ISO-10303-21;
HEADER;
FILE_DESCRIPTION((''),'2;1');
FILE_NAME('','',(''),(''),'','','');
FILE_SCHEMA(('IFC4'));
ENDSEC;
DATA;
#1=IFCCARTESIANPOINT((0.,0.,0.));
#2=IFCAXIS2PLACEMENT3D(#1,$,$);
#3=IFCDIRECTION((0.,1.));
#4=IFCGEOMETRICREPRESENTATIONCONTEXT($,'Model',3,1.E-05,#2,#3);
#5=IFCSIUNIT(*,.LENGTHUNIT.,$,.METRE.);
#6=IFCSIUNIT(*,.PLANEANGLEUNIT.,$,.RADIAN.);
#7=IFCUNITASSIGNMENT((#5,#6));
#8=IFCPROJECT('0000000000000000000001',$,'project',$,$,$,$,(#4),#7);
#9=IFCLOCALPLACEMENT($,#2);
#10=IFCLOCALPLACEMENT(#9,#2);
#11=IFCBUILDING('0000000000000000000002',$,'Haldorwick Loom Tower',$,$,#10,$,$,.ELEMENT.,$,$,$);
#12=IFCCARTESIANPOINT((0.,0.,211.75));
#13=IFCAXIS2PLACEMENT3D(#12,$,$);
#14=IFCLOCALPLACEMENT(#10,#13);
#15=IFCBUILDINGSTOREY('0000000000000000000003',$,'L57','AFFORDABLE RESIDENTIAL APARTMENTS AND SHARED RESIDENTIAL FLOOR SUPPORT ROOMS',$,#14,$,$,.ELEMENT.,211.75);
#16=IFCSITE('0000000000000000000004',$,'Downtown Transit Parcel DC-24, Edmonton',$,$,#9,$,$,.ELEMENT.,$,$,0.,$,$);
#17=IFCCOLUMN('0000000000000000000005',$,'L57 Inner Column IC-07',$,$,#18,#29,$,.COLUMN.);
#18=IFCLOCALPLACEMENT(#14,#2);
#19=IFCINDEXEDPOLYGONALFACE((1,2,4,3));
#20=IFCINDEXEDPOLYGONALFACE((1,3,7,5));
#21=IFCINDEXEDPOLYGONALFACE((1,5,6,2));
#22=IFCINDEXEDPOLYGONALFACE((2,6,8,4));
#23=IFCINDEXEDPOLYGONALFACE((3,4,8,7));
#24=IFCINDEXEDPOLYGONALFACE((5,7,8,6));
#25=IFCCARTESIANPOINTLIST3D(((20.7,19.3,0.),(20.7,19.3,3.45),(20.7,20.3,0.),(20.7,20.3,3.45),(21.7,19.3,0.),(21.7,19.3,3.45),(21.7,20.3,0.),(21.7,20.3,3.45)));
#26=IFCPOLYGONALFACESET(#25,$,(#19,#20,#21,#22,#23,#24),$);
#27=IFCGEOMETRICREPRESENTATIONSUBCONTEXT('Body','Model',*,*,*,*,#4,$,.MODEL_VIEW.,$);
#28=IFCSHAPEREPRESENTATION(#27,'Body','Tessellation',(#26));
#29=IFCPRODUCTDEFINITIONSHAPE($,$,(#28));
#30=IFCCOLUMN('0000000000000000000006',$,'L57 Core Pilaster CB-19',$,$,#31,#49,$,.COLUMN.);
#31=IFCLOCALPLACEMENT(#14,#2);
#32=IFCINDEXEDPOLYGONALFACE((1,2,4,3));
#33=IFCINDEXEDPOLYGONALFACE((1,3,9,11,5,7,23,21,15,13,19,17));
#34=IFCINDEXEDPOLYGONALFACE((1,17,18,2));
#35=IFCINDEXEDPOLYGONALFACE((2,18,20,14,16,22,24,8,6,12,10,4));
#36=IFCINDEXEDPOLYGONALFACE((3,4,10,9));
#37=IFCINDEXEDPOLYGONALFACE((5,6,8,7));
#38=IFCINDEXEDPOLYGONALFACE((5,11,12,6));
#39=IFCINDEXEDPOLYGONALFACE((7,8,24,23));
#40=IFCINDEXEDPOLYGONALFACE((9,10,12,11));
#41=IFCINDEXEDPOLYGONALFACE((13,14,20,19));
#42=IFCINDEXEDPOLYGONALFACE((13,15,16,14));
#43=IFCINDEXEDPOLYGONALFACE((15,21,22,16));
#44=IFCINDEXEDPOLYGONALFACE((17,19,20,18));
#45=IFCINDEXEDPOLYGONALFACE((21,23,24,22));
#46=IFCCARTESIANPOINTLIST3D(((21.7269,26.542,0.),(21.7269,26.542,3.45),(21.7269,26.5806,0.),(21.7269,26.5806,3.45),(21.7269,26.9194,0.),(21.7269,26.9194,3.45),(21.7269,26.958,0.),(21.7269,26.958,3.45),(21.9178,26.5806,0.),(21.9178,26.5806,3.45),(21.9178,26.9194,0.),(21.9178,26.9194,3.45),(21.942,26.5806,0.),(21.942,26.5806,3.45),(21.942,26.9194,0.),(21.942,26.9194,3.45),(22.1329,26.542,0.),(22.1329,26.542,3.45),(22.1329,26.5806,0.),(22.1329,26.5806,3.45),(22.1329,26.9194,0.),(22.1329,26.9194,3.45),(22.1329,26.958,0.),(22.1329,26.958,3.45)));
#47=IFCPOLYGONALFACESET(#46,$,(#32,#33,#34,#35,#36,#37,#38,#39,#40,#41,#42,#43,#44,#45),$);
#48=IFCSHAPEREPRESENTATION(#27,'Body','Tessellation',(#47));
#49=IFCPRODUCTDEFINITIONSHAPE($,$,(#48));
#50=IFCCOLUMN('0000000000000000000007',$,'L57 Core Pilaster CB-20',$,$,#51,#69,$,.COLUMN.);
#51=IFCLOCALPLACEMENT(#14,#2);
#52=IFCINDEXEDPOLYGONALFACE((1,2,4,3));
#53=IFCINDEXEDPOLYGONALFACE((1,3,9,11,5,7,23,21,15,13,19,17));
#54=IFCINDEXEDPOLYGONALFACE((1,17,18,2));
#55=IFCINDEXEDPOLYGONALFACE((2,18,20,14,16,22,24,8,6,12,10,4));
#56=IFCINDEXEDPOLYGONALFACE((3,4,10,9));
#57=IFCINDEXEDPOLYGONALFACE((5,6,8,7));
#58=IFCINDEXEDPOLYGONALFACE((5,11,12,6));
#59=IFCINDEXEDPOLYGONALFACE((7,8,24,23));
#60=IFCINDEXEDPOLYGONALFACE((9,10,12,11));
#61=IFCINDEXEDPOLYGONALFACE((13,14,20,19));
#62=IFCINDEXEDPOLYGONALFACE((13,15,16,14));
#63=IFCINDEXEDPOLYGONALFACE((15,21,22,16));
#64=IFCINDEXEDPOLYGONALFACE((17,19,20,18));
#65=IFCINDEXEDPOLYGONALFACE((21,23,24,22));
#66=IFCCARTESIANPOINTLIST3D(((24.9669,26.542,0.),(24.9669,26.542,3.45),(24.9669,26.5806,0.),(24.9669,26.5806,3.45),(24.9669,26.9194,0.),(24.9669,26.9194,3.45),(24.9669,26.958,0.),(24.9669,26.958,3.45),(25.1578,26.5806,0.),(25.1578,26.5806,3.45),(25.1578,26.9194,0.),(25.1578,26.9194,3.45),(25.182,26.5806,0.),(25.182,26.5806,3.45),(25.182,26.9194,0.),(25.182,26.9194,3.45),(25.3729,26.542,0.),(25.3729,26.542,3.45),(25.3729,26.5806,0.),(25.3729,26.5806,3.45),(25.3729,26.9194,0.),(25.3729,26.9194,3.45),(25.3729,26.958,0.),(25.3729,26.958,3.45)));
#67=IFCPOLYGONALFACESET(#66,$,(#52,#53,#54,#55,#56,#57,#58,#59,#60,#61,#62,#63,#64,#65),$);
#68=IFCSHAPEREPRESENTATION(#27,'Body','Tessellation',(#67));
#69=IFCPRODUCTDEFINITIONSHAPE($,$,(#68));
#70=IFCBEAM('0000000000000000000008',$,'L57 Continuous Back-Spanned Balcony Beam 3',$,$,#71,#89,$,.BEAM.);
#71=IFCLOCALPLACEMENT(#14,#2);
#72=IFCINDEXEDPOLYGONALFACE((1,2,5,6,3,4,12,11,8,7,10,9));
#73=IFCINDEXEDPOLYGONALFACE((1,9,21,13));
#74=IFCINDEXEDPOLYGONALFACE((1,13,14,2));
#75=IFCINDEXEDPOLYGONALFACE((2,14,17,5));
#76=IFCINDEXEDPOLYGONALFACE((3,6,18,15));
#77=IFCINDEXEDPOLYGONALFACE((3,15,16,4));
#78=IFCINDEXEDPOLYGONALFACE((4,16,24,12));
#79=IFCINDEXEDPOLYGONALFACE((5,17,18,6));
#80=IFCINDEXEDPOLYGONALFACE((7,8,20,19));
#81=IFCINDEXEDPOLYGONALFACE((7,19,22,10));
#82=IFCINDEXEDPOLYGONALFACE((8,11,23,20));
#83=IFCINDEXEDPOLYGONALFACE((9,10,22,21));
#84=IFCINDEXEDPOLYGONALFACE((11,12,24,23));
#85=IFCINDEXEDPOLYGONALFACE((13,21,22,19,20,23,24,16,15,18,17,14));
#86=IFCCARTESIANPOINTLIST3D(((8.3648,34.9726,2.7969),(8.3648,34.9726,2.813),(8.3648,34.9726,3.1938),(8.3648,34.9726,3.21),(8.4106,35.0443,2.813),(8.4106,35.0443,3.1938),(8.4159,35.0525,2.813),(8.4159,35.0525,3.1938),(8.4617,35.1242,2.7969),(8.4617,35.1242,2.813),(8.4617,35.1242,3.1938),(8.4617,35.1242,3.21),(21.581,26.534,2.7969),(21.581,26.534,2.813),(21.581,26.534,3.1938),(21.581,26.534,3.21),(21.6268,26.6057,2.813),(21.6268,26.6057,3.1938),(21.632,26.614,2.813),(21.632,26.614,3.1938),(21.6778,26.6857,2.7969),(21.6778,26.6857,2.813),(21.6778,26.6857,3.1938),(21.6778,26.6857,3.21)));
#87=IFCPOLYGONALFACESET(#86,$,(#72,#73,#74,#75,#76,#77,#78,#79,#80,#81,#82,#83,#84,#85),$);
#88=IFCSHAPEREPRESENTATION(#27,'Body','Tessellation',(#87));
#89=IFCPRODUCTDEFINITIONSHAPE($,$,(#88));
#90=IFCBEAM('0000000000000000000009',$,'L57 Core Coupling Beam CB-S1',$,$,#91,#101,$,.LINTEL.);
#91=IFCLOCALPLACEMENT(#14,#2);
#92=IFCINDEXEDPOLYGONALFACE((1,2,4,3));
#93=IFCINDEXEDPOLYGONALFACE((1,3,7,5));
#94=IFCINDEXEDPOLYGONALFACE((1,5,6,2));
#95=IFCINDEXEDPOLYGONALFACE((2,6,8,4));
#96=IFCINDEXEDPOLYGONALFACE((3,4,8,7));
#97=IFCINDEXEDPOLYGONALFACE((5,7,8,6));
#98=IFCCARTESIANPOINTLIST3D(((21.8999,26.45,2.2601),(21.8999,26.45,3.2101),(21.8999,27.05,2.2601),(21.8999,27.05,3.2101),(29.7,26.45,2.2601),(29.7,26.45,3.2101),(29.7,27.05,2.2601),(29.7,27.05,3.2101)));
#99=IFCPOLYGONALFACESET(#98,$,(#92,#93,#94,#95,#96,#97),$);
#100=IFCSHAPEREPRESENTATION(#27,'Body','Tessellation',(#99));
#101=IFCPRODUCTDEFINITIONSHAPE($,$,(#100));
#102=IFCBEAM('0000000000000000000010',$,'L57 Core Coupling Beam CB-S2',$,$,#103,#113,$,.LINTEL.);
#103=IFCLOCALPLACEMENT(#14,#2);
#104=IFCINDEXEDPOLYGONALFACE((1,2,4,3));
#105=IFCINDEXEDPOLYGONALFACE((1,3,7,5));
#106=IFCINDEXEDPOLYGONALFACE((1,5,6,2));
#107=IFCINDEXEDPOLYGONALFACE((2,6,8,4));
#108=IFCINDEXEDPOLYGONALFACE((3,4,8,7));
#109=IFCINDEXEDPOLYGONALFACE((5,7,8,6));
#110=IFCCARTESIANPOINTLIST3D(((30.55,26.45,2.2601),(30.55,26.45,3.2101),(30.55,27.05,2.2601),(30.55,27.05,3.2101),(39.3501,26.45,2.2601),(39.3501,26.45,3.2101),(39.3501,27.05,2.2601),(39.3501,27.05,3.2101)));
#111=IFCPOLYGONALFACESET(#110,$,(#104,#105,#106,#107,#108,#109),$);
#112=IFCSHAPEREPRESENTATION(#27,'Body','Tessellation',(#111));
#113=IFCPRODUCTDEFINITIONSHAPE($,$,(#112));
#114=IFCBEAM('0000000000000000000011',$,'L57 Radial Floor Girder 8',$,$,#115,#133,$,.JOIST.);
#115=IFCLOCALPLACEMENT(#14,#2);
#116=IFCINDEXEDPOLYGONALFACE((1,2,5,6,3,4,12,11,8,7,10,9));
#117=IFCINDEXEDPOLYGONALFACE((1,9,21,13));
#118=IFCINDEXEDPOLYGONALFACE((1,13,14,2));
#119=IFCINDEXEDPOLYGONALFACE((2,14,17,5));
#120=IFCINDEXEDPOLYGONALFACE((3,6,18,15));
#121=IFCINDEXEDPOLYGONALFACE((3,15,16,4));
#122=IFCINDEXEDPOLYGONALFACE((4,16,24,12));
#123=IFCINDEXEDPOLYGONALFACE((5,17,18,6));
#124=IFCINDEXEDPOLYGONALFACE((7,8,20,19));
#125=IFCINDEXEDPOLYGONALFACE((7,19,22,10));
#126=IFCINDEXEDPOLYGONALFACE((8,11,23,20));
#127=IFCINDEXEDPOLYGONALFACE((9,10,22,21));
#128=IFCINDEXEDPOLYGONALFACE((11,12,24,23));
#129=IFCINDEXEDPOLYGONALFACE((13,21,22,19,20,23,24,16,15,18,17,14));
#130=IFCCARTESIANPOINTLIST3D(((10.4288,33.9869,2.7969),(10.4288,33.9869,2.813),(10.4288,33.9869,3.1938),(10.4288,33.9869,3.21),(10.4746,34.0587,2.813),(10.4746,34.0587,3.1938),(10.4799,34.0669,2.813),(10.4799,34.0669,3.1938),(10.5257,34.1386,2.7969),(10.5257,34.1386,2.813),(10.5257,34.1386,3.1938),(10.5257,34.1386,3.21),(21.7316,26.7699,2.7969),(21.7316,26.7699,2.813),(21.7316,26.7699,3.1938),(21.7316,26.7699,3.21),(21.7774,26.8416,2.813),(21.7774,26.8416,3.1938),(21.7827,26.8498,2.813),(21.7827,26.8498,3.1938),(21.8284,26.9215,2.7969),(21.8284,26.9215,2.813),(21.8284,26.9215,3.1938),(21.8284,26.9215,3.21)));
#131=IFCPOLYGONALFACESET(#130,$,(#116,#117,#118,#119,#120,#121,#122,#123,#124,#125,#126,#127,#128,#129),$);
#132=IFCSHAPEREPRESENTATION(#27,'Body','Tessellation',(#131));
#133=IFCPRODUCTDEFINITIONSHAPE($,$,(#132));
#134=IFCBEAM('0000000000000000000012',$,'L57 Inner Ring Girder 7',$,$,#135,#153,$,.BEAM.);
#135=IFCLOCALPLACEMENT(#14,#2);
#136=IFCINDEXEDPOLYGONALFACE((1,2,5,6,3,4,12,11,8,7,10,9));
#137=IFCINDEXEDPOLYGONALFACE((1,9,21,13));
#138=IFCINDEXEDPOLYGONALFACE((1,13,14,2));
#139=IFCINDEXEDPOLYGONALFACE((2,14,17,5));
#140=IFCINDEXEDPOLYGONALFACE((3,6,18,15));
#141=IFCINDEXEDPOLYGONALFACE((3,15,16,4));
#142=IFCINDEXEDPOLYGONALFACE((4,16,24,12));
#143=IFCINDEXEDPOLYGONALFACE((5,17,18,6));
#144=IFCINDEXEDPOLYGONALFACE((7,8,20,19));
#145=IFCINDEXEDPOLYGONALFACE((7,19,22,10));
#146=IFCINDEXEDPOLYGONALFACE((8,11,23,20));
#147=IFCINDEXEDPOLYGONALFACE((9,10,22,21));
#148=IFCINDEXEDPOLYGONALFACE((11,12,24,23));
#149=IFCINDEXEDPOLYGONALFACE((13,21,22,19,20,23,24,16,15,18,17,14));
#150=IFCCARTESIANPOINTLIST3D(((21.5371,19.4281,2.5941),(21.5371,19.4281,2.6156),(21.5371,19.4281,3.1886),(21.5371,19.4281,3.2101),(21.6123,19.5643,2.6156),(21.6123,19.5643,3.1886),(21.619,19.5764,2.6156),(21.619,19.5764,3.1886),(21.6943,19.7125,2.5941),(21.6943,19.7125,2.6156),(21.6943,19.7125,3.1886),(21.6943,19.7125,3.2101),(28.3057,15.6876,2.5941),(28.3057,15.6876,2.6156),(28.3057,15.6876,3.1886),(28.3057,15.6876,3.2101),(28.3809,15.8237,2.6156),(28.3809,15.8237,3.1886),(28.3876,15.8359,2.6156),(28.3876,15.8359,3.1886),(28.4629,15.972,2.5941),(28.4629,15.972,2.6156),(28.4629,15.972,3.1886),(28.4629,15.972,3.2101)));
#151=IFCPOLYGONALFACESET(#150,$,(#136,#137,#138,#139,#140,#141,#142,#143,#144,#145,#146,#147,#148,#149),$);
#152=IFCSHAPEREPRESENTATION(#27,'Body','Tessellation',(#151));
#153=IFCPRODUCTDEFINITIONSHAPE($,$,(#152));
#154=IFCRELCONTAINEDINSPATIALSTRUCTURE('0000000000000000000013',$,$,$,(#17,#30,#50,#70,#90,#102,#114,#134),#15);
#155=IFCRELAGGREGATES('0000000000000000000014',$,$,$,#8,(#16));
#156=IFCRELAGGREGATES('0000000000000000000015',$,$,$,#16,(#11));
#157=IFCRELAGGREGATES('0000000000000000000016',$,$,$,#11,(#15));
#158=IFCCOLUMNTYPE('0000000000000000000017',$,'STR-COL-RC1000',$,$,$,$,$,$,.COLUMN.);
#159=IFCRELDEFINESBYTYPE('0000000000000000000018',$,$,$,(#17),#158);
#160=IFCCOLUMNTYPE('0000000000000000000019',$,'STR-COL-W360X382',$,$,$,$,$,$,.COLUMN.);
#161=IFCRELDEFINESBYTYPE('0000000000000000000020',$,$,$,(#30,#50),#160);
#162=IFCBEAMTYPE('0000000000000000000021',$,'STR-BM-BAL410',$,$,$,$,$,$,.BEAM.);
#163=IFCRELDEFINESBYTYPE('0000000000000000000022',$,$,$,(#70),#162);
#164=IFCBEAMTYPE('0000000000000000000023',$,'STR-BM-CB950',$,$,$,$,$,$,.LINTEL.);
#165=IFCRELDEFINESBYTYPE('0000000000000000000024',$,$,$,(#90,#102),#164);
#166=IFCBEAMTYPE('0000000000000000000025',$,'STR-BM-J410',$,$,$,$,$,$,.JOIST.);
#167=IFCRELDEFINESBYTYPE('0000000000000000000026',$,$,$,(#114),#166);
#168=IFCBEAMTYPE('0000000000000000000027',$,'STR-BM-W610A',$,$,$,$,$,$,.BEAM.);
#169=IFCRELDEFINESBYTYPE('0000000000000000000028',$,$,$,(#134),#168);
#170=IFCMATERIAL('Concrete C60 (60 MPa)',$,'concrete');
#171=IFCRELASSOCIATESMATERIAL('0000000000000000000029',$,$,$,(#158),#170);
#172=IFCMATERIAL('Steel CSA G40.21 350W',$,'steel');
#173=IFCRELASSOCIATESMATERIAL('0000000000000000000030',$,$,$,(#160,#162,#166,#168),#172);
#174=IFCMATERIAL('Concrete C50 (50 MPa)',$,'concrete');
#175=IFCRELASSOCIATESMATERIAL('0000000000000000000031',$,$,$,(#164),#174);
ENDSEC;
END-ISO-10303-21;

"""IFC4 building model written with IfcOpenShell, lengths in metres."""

from ifc_helpers import new_model, si_unit, direction, frame, origin, origin_2d, place, context, subcontext, project, spatial, rectangle, i_section, extrude, material, material_profile, profile_set, type_object, element, save


model = new_model("IFC4")

# Units and contexts
model_context = context("Model", 3, precision=1e-05, world=origin(), true_north=direction((0.0, 1.0)))
body_context = subcontext(model_context, "Body", "Model", "MODEL_VIEW")
ifc_project = project(units=[si_unit("LENGTHUNIT", "METRE"), si_unit("PLANEANGLEUNIT", "RADIAN")], contexts=[model_context])

# Site, building, storey
site_placement = place(None, origin())
site = spatial("IfcSite", under=ifc_project, at=site_placement, Name="Downtown Transit Parcel DC-24, Edmonton", CompositionType="ELEMENT", RefElevation=0.0)
building_placement = place(site_placement, origin())
building = spatial("IfcBuilding", under=site, at=building_placement, Name="Haldorwick Loom Tower", CompositionType="ELEMENT")
storey_placement = place(building_placement, frame((0.0, 0.0, 211.75)))
storey = spatial("IfcBuildingStorey", under=building, at=storey_placement, Name="L57", Description="AFFORDABLE RESIDENTIAL APARTMENTS AND SHARED RESIDENTIAL FLOOR SUPPORT ROOMS", CompositionType="ELEMENT", Elevation=211.75)

# Columns
ifc_material_1 = material(Name="Concrete C60 (60 MPa)", Category="concrete")
ifc_material_profile_1 = material_profile(ifc_material_1, rectangle(XDim=1.0, YDim=1.0, at=origin_2d()), Name="RC1000X1000", Category="concrete")
ifc_profile_set_1 = profile_set([ifc_material_profile_1], Name="Concrete C60 (60 MPa)")
column_type_1 = type_object("IfcColumnType", Name="STR-COL-RC1000", PredefinedType="COLUMN", material=ifc_profile_set_1)
column_placement = place(storey_placement, frame((21.2, 19.8, 0.0), z_axis=(0.0, 0.0, 1.0), x_axis=(1.0, 0.0, 0.0)))
element("IfcColumn", 1, at=column_placement, inside=storey, type_object=column_type_1, Name="L57 Inner Column IC-07", PredefinedType="COLUMN", context=body_context, shape_type="SweptSolid", body=[
    extrude(rectangle(XDim=1.0, YDim=1.0, at=origin_2d()), origin(), (0.0, 0.0, 1.0), 3.45),
])
ifc_material_2 = material(Name="Steel CSA G40.21 350W", Category="steel")
ifc_material_profile_2 = material_profile(ifc_material_2, i_section(OverallWidth=0.406, OverallDepth=0.416, WebThickness=0.0242, FlangeThickness=0.0386, at=origin_2d()), Name="W360X382", Category="steel")
ifc_profile_set_2 = profile_set([ifc_material_profile_2], Name="Steel CSA G40.21 350W")
column_type_2 = type_object("IfcColumnType", Name="STR-COL-W360X382", PredefinedType="COLUMN", material=ifc_profile_set_2)
for number, where, z_axis, x_axis, name in (
    (2, (21.9299, 26.75, 0.0), (0.0, 0.0, 1.0), (1.0, 0.0, 0.0), "L57 Core Pilaster CB-19"),
    (3, (25.1699, 26.75, 0.0), (0.0, 0.0, 1.0), (1.0, 0.0, 0.0), "L57 Core Pilaster CB-20"),
):
    element("IfcColumn", number, at=place(storey_placement, frame(where, z_axis=z_axis, x_axis=x_axis)), inside=storey, type_object=column_type_2, Name=name, PredefinedType="COLUMN", context=body_context, shape_type="SweptSolid", body=[
        extrude(i_section(OverallWidth=0.406, OverallDepth=0.416, WebThickness=0.0242, FlangeThickness=0.0386, at=origin_2d()), origin(), (0.0, 0.0, 1.0), 3.45),
    ])

# Beams
ifc_material_profile_3 = material_profile(ifc_material_2, i_section(OverallWidth=0.1799, OverallDepth=0.4131, WebThickness=0.0098, FlangeThickness=0.0161, at=origin_2d()), Name="W410X74", Category="steel")
ifc_profile_set_3 = profile_set([ifc_material_profile_3], Name="Steel CSA G40.21 350W")
beam_type_1 = type_object("IfcBeamType", Name="STR-BM-BAL410", PredefinedType="BEAM", material=ifc_profile_set_3)
beam_1_placement = place(storey_placement, frame((21.6294, 26.6099, 3.0034), z_axis=(-0.842844, 0.538157, 0.0), x_axis=(-0.538157, -0.842844, 0.0)))
element("IfcBeam", 4, at=beam_1_placement, inside=storey, type_object=beam_type_1, Name="L57 Continuous Back-Spanned Balcony Beam 3", PredefinedType="BEAM", context=body_context, shape_type="SweptSolid", body=[
    extrude(i_section(OverallWidth=0.1799, OverallDepth=0.4131, WebThickness=0.0098, FlangeThickness=0.0161, at=origin_2d()), origin(), (0.0, 0.0, 1.0), 15.6804),
])
ifc_material_3 = material(Name="Concrete C50 (50 MPa)", Category="concrete")
ifc_material_profile_4 = material_profile(ifc_material_3, rectangle(XDim=0.6001, YDim=0.95, at=origin_2d()), Name="RC600X950", Category="concrete")
ifc_profile_set_4 = profile_set([ifc_material_profile_4], Name="Concrete C50 (50 MPa)")
beam_type_2 = type_object("IfcBeamType", Name="STR-BM-CB950", PredefinedType="LINTEL", material=ifc_profile_set_4)
beam_2_placement = place(storey_placement, frame((21.8999, 26.75, 2.7351), z_axis=(1.0, 0.0, 0.0), x_axis=(0.0, 1.0, 0.0)))
element("IfcBeam", 5, at=beam_2_placement, inside=storey, type_object=beam_type_2, Name="L57 Core Coupling Beam CB-S1", PredefinedType="LINTEL", context=body_context, shape_type="SweptSolid", body=[
    extrude(rectangle(XDim=0.6001, YDim=0.95, at=origin_2d()), origin(), (0.0, 0.0, 1.0), 7.8),
])
beam_3_placement = place(storey_placement, frame((30.55, 26.75, 2.7351), z_axis=(1.0, 0.0, 0.0), x_axis=(0.0, 1.0, 0.0)))
element("IfcBeam", 6, at=beam_3_placement, inside=storey, type_object=beam_type_2, Name="L57 Core Coupling Beam CB-S2", PredefinedType="LINTEL", context=body_context, shape_type="SweptSolid", body=[
    extrude(rectangle(XDim=0.6001, YDim=0.95, at=origin_2d()), origin(), (0.0, 0.0, 1.0), 8.8),
])
ifc_material_profile_5 = material_profile(ifc_material_2, i_section(OverallWidth=0.1799, OverallDepth=0.4131, WebThickness=0.0098, FlangeThickness=0.0161, at=origin_2d()), Name="W410X74", Category="steel")
ifc_profile_set_5 = profile_set([ifc_material_profile_5], Name="Steel CSA G40.21 350W")
beam_type_3 = type_object("IfcBeamType", Name="STR-BM-J410", PredefinedType="JOIST", material=ifc_profile_set_5)
beam_4_placement = place(storey_placement, frame((21.78, 26.8457, 3.0034), z_axis=(-0.842837, 0.538169, 0.0), x_axis=(-0.538169, -0.842837, 0.0)))
element("IfcBeam", 7, at=beam_4_placement, inside=storey, type_object=beam_type_3, Name="L57 Radial Floor Girder 8", PredefinedType="JOIST", context=body_context, shape_type="SweptSolid", body=[
    extrude(i_section(OverallWidth=0.1799, OverallDepth=0.4131, WebThickness=0.0098, FlangeThickness=0.0161, at=origin_2d()), origin(), (0.0, 0.0, 1.0), 13.4104),
])
ifc_material_profile_6 = material_profile(ifc_material_2, i_section(OverallWidth=0.325, OverallDepth=0.616, WebThickness=0.0139, FlangeThickness=0.0215, at=origin_2d()), Name="W610X174", Category="steel")
ifc_profile_set_6 = profile_set([ifc_material_profile_6], Name="Steel CSA G40.21 350W")
beam_type_4 = type_object("IfcBeamType", Name="STR-BM-W610A", PredefinedType="BEAM", material=ifc_profile_set_6)
beam_5_placement = place(storey_placement, frame((28.3843, 15.8298, 2.9021), z_axis=(-0.875244, 0.483682, 0.0), x_axis=(-0.483682, -0.875244, 0.0)))
element("IfcBeam", 8, at=beam_5_placement, inside=storey, type_object=beam_type_4, Name="L57 Inner Ring Girder 7", PredefinedType="BEAM", context=body_context, shape_type="SweptSolid", body=[
    extrude(i_section(OverallWidth=0.325, OverallDepth=0.616, WebThickness=0.0139, FlangeThickness=0.0215, at=origin_2d()), origin(), (0.0, 0.0, 1.0), 7.7334),
])

save(model, "model.ifc")
